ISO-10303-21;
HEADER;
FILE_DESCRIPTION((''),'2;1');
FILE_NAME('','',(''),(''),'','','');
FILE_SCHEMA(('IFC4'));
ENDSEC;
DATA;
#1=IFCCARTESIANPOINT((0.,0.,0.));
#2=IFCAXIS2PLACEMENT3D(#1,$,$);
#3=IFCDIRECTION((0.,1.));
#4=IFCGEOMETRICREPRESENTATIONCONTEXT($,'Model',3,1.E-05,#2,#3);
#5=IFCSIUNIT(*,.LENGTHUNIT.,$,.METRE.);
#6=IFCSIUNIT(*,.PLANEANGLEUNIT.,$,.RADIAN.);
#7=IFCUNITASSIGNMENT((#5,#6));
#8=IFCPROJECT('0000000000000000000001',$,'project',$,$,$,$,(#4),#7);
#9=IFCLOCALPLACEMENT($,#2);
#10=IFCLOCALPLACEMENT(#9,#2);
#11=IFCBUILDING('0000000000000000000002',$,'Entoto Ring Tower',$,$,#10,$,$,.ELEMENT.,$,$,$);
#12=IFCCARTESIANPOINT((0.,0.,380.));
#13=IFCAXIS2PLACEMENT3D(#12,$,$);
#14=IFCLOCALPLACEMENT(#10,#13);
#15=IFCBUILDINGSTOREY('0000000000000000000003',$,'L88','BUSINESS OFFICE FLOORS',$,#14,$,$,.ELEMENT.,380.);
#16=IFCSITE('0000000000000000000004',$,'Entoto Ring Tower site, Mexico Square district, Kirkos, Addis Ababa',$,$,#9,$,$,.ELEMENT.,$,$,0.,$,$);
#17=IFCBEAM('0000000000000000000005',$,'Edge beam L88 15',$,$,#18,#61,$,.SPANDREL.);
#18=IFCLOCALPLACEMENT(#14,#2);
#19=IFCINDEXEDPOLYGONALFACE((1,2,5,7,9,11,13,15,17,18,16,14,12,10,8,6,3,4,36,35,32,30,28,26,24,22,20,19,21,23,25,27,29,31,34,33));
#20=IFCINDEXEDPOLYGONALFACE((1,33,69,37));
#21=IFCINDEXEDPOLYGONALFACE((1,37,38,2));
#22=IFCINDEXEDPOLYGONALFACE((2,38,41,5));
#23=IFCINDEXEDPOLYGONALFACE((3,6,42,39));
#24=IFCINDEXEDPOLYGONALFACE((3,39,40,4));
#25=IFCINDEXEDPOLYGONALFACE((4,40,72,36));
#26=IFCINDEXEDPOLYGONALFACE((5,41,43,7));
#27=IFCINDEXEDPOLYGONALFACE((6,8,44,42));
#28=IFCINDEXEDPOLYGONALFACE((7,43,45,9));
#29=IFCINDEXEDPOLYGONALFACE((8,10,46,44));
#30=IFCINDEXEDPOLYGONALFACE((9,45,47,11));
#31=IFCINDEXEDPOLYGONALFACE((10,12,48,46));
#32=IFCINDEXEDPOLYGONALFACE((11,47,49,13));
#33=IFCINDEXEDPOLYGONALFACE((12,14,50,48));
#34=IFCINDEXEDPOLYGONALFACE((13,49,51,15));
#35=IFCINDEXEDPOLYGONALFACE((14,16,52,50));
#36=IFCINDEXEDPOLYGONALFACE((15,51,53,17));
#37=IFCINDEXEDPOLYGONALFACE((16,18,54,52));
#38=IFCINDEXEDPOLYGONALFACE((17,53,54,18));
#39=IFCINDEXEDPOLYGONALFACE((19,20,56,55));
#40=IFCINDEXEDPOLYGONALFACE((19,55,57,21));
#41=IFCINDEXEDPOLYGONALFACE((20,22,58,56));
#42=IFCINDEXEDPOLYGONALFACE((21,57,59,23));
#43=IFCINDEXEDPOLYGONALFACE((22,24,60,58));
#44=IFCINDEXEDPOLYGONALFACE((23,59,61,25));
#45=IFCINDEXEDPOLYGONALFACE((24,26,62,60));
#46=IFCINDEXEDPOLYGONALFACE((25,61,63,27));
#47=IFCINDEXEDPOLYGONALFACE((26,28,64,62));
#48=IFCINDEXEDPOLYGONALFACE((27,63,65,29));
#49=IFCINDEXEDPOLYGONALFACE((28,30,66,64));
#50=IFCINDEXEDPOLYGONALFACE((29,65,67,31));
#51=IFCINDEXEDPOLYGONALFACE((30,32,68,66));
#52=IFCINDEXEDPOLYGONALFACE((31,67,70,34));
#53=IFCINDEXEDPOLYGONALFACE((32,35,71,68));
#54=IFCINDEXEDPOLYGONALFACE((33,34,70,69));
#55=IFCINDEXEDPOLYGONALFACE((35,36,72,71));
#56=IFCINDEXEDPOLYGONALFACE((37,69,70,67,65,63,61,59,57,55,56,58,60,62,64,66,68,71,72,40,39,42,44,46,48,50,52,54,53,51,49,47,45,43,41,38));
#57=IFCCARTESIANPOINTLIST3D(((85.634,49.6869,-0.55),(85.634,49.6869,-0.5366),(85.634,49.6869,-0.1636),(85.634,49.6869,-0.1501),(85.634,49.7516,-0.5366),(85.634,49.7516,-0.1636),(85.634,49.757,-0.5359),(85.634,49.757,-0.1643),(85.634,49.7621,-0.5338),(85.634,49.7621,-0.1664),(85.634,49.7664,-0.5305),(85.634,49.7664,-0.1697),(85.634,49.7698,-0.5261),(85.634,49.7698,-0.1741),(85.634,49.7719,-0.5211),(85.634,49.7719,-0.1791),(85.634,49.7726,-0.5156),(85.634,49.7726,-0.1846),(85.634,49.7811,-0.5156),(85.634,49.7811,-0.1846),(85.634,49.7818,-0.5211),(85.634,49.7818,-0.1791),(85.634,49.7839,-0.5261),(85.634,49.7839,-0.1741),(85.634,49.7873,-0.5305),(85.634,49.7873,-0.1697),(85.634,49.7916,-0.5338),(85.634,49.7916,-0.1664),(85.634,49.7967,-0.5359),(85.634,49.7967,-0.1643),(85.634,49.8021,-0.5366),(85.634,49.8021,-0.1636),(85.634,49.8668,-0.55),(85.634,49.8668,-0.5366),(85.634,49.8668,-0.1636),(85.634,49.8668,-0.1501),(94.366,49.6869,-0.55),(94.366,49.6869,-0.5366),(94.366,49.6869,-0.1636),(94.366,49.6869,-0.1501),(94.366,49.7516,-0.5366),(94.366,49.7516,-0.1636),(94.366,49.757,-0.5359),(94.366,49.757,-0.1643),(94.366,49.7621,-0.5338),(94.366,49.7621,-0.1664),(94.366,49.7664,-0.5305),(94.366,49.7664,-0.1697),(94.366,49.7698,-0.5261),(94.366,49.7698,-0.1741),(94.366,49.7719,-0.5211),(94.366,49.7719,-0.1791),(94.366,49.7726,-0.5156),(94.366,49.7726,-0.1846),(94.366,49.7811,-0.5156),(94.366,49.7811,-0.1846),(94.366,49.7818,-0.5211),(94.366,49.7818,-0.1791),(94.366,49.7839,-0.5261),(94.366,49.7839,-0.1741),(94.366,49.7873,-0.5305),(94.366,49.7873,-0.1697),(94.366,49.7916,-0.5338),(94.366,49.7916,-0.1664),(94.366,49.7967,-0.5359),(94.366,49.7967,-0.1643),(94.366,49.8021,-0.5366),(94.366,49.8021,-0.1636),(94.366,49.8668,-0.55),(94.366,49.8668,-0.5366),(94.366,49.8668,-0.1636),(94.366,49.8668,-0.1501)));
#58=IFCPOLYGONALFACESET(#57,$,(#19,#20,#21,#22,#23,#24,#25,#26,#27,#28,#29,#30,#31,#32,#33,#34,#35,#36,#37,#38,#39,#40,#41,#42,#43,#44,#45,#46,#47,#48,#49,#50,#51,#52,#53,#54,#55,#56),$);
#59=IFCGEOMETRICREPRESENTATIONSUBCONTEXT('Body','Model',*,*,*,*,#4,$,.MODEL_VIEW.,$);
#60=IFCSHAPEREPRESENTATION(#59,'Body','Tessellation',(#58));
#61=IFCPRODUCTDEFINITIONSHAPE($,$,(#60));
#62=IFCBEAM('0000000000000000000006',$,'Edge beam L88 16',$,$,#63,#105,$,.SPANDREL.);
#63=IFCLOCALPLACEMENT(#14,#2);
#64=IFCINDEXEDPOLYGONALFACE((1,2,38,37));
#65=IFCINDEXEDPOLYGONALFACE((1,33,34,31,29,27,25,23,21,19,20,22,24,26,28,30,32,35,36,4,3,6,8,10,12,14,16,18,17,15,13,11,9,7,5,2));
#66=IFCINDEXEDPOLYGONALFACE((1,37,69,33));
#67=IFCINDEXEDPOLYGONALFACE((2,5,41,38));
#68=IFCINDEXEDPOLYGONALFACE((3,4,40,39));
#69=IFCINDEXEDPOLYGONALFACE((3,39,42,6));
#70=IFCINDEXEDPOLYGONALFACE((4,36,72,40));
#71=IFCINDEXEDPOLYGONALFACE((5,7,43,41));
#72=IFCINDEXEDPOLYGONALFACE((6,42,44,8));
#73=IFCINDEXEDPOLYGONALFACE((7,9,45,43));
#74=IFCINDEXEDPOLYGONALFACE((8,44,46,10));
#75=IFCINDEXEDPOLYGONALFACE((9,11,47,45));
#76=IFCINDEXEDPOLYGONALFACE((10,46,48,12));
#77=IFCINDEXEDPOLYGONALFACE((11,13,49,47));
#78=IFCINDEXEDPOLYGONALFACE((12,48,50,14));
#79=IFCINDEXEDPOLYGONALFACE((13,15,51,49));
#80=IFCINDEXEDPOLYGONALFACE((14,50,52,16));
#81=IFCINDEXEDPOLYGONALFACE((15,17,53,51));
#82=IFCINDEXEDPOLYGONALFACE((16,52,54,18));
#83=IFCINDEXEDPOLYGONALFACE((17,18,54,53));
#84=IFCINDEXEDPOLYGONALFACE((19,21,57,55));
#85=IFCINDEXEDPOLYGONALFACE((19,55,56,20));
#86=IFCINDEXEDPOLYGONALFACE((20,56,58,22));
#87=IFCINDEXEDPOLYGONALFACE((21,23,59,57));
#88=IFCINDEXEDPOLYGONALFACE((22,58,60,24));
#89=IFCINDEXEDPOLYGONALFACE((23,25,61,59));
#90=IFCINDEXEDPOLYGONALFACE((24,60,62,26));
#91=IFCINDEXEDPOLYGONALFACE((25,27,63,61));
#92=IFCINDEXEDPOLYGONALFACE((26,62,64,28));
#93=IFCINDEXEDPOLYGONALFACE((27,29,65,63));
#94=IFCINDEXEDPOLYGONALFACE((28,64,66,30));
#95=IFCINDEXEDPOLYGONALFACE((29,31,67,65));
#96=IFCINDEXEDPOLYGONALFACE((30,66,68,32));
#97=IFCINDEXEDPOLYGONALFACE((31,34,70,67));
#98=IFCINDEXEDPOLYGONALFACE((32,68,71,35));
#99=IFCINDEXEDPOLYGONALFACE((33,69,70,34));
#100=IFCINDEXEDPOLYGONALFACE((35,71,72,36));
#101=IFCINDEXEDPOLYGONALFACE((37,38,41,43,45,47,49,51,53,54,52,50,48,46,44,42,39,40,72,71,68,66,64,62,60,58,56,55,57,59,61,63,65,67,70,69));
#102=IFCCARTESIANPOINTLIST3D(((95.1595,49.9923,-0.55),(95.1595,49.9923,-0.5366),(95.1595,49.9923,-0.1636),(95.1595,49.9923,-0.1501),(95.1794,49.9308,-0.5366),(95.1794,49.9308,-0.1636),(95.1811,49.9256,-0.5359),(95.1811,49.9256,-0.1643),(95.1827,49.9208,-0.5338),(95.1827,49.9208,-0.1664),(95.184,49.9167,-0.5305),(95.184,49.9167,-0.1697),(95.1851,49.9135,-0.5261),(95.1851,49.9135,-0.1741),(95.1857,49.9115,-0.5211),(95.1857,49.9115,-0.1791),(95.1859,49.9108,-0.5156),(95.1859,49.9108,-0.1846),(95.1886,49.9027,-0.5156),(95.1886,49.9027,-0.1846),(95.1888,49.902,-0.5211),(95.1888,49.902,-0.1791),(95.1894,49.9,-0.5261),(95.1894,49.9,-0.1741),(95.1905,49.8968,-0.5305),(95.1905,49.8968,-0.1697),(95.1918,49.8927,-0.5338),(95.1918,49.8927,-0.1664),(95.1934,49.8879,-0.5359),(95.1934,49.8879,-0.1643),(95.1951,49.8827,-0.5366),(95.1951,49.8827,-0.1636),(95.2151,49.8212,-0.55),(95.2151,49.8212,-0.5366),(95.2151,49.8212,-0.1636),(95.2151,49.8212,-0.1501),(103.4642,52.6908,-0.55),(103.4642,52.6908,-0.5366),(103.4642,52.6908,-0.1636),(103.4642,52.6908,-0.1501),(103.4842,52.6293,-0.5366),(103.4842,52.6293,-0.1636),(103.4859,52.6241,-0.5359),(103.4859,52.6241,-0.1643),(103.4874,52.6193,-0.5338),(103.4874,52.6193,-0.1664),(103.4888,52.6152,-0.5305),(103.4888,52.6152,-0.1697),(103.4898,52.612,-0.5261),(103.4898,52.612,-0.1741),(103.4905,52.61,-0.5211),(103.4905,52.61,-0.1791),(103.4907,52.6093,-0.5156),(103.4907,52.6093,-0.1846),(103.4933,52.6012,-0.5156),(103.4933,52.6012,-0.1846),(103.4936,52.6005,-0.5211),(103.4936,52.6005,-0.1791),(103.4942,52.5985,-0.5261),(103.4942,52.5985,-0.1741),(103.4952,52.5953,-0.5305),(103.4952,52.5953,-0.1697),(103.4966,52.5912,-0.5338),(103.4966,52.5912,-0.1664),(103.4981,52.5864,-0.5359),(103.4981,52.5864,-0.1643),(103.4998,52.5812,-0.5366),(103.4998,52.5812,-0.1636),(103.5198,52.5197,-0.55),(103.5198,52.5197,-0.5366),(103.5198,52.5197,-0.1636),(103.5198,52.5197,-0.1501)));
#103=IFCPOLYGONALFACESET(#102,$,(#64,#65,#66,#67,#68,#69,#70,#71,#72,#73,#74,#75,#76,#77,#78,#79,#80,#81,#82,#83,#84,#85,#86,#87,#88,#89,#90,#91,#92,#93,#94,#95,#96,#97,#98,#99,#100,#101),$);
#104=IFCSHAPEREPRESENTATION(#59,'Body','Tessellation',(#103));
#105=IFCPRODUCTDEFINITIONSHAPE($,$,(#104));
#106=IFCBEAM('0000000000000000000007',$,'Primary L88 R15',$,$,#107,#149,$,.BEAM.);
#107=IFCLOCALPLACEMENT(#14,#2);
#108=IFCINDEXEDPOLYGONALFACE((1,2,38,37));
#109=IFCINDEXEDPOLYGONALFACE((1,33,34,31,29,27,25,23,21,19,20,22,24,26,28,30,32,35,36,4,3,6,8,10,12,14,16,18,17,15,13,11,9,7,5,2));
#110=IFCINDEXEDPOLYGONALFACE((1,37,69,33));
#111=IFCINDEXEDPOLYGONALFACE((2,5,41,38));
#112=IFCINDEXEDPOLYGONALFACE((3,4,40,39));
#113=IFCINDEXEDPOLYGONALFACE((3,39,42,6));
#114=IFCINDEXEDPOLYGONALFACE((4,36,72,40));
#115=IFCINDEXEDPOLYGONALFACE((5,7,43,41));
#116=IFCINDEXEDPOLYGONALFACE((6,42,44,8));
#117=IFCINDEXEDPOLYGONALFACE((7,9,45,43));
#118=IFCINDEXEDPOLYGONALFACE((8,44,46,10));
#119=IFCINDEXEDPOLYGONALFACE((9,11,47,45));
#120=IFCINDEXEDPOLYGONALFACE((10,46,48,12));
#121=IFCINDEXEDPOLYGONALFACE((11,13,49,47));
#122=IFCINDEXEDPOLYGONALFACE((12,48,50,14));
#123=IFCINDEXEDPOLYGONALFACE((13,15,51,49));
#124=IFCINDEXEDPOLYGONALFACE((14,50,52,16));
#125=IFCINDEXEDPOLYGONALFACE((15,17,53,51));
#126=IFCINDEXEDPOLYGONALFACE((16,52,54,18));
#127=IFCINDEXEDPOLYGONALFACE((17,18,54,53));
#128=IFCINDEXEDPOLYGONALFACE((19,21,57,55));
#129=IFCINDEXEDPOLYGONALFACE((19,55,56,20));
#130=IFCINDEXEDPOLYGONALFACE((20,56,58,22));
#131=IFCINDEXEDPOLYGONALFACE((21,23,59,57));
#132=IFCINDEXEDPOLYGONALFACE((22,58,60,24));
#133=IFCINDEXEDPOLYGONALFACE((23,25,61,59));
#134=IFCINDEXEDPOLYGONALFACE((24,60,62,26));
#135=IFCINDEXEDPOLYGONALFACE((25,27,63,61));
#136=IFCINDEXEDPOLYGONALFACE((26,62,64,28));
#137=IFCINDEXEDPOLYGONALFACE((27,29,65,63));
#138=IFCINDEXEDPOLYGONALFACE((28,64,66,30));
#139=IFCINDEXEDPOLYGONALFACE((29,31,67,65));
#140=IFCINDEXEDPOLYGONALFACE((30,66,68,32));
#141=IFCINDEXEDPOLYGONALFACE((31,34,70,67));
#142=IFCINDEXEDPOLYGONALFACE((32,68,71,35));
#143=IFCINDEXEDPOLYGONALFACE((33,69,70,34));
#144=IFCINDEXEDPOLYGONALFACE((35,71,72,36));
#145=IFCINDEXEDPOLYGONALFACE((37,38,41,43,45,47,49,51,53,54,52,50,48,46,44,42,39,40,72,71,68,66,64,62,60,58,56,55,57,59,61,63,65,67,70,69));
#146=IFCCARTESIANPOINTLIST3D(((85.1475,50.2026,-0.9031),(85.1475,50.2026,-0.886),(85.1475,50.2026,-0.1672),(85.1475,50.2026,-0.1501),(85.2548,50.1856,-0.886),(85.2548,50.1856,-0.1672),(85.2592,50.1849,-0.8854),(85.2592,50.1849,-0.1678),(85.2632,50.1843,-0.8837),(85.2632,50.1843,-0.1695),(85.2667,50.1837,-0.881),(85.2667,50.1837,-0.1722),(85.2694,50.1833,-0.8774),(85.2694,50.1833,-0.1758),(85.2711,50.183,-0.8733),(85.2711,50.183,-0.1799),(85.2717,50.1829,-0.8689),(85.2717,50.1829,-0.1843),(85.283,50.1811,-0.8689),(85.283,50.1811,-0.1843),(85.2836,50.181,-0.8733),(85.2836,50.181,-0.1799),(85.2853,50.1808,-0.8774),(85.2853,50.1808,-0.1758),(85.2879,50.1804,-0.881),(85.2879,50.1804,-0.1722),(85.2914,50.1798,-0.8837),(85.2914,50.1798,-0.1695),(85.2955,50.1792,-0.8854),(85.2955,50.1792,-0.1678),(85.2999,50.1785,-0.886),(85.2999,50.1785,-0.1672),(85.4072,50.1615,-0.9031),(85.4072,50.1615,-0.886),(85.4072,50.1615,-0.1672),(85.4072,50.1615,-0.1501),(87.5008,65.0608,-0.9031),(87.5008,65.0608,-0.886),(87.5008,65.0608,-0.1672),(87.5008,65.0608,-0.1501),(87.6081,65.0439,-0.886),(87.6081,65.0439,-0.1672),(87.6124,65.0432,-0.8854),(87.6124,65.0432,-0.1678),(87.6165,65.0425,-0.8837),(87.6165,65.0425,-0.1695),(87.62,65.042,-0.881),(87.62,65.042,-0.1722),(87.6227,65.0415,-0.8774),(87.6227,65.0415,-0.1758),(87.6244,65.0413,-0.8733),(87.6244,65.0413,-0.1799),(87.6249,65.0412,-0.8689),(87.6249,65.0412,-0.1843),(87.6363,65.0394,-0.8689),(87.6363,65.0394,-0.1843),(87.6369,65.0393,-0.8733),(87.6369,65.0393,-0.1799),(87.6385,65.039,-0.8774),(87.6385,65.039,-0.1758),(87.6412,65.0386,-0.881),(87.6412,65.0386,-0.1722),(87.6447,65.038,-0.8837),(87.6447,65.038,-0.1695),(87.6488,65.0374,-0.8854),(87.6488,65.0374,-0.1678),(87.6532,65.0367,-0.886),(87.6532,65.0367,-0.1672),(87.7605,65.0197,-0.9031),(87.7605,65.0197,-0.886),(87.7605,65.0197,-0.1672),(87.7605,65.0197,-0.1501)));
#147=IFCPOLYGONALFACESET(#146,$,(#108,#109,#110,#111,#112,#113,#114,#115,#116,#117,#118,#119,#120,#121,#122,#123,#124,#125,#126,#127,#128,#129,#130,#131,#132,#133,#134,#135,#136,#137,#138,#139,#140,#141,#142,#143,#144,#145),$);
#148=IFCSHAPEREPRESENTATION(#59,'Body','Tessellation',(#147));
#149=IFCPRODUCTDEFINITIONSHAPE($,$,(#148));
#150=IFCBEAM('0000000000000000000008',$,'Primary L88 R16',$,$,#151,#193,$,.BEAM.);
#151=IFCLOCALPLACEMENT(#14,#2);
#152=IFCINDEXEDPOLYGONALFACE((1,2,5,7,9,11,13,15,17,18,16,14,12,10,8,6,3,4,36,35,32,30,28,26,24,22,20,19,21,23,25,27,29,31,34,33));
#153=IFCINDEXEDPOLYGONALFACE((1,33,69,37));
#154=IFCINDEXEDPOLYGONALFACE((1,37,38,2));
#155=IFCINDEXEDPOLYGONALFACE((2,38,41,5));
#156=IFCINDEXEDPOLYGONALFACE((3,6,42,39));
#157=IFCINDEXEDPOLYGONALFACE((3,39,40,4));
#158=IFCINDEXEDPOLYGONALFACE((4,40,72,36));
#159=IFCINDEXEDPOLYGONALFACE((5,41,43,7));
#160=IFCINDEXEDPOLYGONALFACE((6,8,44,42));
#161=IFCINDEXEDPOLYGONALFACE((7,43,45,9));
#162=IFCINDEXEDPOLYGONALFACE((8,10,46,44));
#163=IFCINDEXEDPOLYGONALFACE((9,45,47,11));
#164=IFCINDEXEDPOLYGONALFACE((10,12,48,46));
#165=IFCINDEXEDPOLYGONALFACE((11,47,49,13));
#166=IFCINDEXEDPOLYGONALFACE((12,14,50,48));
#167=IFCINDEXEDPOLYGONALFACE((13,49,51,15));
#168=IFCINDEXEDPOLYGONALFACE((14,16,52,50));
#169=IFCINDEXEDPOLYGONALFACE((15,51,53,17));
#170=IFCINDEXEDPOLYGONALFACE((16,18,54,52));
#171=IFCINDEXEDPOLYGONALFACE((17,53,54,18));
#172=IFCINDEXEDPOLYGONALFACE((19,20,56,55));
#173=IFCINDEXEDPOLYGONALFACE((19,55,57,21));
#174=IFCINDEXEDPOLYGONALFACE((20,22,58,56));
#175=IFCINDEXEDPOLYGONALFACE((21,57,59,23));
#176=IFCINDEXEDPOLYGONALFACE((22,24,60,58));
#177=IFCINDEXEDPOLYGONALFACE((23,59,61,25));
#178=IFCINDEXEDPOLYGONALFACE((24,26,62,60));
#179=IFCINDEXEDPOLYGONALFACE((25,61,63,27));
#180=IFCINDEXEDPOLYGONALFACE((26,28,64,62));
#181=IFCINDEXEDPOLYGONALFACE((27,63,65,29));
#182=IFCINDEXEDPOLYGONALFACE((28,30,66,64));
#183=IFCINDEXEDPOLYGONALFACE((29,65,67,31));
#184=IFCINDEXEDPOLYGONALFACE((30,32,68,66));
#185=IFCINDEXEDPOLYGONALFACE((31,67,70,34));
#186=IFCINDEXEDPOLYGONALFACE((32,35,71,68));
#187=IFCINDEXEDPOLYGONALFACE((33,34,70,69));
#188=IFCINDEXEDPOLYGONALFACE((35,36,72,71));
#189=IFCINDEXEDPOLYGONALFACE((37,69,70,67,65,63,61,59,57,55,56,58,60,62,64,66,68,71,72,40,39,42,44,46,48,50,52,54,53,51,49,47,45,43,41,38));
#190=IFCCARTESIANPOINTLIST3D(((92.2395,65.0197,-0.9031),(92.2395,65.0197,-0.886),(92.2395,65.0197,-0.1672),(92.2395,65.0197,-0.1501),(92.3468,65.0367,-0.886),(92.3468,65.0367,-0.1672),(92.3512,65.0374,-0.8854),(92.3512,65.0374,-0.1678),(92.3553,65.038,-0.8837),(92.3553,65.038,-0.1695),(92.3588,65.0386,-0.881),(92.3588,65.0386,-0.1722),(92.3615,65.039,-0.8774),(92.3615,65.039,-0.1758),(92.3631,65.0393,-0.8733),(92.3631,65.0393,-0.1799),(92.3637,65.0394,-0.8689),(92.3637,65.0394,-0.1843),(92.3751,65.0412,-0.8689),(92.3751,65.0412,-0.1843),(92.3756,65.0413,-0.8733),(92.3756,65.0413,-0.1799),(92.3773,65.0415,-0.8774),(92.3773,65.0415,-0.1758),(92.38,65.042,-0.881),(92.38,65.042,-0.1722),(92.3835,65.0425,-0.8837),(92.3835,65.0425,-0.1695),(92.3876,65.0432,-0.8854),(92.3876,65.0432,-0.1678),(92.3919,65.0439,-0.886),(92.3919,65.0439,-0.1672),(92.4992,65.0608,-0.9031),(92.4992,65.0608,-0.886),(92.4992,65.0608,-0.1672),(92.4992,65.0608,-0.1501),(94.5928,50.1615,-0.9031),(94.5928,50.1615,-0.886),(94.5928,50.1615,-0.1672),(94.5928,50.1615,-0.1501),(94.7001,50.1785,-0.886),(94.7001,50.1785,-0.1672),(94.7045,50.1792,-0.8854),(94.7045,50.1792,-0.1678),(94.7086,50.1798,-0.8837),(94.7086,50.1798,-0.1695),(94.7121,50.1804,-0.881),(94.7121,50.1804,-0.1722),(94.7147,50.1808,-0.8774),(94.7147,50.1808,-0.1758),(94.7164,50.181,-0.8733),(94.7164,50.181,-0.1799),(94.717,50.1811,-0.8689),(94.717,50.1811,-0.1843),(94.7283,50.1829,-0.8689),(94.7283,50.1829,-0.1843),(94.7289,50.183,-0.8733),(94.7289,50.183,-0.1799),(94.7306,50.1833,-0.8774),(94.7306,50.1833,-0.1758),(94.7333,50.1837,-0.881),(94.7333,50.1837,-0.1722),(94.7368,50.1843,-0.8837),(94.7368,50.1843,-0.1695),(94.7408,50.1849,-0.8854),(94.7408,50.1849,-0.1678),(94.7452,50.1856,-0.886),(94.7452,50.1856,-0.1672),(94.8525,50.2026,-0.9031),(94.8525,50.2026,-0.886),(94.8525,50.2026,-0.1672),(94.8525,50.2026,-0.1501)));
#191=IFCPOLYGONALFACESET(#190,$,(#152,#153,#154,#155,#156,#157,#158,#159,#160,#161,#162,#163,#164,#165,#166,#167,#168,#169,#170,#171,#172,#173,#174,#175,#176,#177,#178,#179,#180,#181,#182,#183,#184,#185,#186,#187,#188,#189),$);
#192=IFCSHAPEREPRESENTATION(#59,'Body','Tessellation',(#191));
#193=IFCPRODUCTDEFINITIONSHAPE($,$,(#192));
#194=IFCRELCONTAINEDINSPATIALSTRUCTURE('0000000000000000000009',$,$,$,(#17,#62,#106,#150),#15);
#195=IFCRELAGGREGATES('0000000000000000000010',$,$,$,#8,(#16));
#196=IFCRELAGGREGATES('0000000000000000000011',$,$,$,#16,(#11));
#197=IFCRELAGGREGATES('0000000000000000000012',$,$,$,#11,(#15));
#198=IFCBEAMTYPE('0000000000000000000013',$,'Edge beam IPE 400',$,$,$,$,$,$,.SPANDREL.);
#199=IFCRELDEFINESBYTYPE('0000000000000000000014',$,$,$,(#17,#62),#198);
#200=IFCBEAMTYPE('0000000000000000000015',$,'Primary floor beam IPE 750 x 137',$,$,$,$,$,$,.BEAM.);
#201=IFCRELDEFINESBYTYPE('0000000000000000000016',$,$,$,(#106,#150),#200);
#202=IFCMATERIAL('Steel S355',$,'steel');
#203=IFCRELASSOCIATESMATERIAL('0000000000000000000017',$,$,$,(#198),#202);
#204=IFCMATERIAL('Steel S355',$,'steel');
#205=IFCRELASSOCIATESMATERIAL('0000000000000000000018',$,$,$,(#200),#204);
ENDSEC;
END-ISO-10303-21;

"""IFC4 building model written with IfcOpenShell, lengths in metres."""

from ifc_helpers import new_model, si_unit, direction, frame, origin, origin_2d, place, context, subcontext, project, spatial, i_section, extrude, material, material_profile, profile_set, type_object, element, save


model = new_model("IFC4")

# Units and contexts
model_context = context("Model", 3, precision=1e-05, world=origin(), true_north=direction((0.0, 1.0)))
body_context = subcontext(model_context, "Body", "Model", "MODEL_VIEW")
ifc_project = project(units=[si_unit("LENGTHUNIT", "METRE"), si_unit("PLANEANGLEUNIT", "RADIAN")], contexts=[model_context])

# Site, building, storey
site_placement = place(None, origin())
site = spatial("IfcSite", under=ifc_project, at=site_placement, Name="Entoto Ring Tower site, Mexico Square district, Kirkos, Addis Ababa", CompositionType="ELEMENT", RefElevation=0.0)
building_placement = place(site_placement, origin())
building = spatial("IfcBuilding", under=site, at=building_placement, Name="Entoto Ring Tower", CompositionType="ELEMENT")
storey_placement = place(building_placement, frame((0.0, 0.0, 380.0)))
storey = spatial("IfcBuildingStorey", under=building, at=storey_placement, Name="L88", Description="BUSINESS OFFICE FLOORS", CompositionType="ELEMENT", Elevation=380.0)

# Beams
ifc_material_1 = material(Name="Steel S355", Category="steel")
ifc_material_profile_1 = material_profile(ifc_material_1, i_section(OverallWidth=0.1799, OverallDepth=0.3999, WebThickness=0.0085, FlangeThickness=0.0134, FilletRadius=0.021, at=origin_2d()), Name="IPE 400")
ifc_profile_set_1 = profile_set([ifc_material_profile_1], Name="Steel S355")
beam_type_1 = type_object("IfcBeamType", Name="Edge beam IPE 400", PredefinedType="SPANDREL", material=ifc_profile_set_1)
beam_1_placement = place(storey_placement, frame((85.634, 49.7769, -0.3501), z_axis=(1.0, 0.0, 0.0), x_axis=(0.0, 1.0, 0.0)))
element("IfcBeam", 1, at=beam_1_placement, inside=storey, type_object=beam_type_1, Name="Edge beam L88 15", PredefinedType="SPANDREL", context=body_context, shape_type="SweptSolid", body=[
    extrude(i_section(OverallWidth=0.1799, OverallDepth=0.3999, WebThickness=0.0085, FlangeThickness=0.0134, FilletRadius=0.021, at=origin_2d()), origin(), (0.0, 0.0, 1.0), 8.7319),
])
beam_2_placement = place(storey_placement, frame((95.1873, 49.9067, -0.3501), z_axis=(0.951052, 0.30903, 0.0), x_axis=(-0.30903, 0.951052, 0.0)))
element("IfcBeam", 2, at=beam_2_placement, inside=storey, type_object=beam_type_1, Name="Edge beam L88 16", PredefinedType="SPANDREL", context=body_context, shape_type="SweptSolid", body=[
    extrude(i_section(OverallWidth=0.1799, OverallDepth=0.3999, WebThickness=0.0085, FlangeThickness=0.0134, FilletRadius=0.021, at=origin_2d()), origin(), (0.0, 0.0, 1.0), 8.7322),
])
ifc_material_2 = material(Name="Steel S355", Category="steel")
ifc_material_profile_2 = material_profile(ifc_material_2, i_section(OverallWidth=0.2629, OverallDepth=0.7529, WebThickness=0.0115, FlangeThickness=0.0171, FilletRadius=0.0171, at=origin_2d()), Name="IPE 750 x 137")
ifc_profile_set_2 = profile_set([ifc_material_profile_2], Name="Steel S355")
beam_type_2 = type_object("IfcBeamType", Name="Primary floor beam IPE 750 x 137", PredefinedType="BEAM", material=ifc_profile_set_2)
for number, where, z_axis, x_axis, name in (
    (3, (87.6306, 65.0403, -0.5266), (-0.156433, -0.987689, 0.0), (0.987689, -0.156433, 0.0), "Primary L88 R15"),
    (4, (92.3694, 65.0403, -0.5266), (0.156433, -0.987689, 0.0), (0.987689, 0.156433, 0.0), "Primary L88 R16"),
):
    element("IfcBeam", number, at=place(storey_placement, frame(where, z_axis=z_axis, x_axis=x_axis)), inside=storey, type_object=beam_type_2, Name=name, PredefinedType="BEAM", context=body_context, shape_type="SweptSolid", body=[
        extrude(i_section(OverallWidth=0.2629, OverallDepth=0.7529, WebThickness=0.0115, FlangeThickness=0.0171, FilletRadius=0.0171, at=origin_2d()), origin(), (0.0, 0.0, 1.0), 15.0435),
    ])

save(model, "model.ifc")
